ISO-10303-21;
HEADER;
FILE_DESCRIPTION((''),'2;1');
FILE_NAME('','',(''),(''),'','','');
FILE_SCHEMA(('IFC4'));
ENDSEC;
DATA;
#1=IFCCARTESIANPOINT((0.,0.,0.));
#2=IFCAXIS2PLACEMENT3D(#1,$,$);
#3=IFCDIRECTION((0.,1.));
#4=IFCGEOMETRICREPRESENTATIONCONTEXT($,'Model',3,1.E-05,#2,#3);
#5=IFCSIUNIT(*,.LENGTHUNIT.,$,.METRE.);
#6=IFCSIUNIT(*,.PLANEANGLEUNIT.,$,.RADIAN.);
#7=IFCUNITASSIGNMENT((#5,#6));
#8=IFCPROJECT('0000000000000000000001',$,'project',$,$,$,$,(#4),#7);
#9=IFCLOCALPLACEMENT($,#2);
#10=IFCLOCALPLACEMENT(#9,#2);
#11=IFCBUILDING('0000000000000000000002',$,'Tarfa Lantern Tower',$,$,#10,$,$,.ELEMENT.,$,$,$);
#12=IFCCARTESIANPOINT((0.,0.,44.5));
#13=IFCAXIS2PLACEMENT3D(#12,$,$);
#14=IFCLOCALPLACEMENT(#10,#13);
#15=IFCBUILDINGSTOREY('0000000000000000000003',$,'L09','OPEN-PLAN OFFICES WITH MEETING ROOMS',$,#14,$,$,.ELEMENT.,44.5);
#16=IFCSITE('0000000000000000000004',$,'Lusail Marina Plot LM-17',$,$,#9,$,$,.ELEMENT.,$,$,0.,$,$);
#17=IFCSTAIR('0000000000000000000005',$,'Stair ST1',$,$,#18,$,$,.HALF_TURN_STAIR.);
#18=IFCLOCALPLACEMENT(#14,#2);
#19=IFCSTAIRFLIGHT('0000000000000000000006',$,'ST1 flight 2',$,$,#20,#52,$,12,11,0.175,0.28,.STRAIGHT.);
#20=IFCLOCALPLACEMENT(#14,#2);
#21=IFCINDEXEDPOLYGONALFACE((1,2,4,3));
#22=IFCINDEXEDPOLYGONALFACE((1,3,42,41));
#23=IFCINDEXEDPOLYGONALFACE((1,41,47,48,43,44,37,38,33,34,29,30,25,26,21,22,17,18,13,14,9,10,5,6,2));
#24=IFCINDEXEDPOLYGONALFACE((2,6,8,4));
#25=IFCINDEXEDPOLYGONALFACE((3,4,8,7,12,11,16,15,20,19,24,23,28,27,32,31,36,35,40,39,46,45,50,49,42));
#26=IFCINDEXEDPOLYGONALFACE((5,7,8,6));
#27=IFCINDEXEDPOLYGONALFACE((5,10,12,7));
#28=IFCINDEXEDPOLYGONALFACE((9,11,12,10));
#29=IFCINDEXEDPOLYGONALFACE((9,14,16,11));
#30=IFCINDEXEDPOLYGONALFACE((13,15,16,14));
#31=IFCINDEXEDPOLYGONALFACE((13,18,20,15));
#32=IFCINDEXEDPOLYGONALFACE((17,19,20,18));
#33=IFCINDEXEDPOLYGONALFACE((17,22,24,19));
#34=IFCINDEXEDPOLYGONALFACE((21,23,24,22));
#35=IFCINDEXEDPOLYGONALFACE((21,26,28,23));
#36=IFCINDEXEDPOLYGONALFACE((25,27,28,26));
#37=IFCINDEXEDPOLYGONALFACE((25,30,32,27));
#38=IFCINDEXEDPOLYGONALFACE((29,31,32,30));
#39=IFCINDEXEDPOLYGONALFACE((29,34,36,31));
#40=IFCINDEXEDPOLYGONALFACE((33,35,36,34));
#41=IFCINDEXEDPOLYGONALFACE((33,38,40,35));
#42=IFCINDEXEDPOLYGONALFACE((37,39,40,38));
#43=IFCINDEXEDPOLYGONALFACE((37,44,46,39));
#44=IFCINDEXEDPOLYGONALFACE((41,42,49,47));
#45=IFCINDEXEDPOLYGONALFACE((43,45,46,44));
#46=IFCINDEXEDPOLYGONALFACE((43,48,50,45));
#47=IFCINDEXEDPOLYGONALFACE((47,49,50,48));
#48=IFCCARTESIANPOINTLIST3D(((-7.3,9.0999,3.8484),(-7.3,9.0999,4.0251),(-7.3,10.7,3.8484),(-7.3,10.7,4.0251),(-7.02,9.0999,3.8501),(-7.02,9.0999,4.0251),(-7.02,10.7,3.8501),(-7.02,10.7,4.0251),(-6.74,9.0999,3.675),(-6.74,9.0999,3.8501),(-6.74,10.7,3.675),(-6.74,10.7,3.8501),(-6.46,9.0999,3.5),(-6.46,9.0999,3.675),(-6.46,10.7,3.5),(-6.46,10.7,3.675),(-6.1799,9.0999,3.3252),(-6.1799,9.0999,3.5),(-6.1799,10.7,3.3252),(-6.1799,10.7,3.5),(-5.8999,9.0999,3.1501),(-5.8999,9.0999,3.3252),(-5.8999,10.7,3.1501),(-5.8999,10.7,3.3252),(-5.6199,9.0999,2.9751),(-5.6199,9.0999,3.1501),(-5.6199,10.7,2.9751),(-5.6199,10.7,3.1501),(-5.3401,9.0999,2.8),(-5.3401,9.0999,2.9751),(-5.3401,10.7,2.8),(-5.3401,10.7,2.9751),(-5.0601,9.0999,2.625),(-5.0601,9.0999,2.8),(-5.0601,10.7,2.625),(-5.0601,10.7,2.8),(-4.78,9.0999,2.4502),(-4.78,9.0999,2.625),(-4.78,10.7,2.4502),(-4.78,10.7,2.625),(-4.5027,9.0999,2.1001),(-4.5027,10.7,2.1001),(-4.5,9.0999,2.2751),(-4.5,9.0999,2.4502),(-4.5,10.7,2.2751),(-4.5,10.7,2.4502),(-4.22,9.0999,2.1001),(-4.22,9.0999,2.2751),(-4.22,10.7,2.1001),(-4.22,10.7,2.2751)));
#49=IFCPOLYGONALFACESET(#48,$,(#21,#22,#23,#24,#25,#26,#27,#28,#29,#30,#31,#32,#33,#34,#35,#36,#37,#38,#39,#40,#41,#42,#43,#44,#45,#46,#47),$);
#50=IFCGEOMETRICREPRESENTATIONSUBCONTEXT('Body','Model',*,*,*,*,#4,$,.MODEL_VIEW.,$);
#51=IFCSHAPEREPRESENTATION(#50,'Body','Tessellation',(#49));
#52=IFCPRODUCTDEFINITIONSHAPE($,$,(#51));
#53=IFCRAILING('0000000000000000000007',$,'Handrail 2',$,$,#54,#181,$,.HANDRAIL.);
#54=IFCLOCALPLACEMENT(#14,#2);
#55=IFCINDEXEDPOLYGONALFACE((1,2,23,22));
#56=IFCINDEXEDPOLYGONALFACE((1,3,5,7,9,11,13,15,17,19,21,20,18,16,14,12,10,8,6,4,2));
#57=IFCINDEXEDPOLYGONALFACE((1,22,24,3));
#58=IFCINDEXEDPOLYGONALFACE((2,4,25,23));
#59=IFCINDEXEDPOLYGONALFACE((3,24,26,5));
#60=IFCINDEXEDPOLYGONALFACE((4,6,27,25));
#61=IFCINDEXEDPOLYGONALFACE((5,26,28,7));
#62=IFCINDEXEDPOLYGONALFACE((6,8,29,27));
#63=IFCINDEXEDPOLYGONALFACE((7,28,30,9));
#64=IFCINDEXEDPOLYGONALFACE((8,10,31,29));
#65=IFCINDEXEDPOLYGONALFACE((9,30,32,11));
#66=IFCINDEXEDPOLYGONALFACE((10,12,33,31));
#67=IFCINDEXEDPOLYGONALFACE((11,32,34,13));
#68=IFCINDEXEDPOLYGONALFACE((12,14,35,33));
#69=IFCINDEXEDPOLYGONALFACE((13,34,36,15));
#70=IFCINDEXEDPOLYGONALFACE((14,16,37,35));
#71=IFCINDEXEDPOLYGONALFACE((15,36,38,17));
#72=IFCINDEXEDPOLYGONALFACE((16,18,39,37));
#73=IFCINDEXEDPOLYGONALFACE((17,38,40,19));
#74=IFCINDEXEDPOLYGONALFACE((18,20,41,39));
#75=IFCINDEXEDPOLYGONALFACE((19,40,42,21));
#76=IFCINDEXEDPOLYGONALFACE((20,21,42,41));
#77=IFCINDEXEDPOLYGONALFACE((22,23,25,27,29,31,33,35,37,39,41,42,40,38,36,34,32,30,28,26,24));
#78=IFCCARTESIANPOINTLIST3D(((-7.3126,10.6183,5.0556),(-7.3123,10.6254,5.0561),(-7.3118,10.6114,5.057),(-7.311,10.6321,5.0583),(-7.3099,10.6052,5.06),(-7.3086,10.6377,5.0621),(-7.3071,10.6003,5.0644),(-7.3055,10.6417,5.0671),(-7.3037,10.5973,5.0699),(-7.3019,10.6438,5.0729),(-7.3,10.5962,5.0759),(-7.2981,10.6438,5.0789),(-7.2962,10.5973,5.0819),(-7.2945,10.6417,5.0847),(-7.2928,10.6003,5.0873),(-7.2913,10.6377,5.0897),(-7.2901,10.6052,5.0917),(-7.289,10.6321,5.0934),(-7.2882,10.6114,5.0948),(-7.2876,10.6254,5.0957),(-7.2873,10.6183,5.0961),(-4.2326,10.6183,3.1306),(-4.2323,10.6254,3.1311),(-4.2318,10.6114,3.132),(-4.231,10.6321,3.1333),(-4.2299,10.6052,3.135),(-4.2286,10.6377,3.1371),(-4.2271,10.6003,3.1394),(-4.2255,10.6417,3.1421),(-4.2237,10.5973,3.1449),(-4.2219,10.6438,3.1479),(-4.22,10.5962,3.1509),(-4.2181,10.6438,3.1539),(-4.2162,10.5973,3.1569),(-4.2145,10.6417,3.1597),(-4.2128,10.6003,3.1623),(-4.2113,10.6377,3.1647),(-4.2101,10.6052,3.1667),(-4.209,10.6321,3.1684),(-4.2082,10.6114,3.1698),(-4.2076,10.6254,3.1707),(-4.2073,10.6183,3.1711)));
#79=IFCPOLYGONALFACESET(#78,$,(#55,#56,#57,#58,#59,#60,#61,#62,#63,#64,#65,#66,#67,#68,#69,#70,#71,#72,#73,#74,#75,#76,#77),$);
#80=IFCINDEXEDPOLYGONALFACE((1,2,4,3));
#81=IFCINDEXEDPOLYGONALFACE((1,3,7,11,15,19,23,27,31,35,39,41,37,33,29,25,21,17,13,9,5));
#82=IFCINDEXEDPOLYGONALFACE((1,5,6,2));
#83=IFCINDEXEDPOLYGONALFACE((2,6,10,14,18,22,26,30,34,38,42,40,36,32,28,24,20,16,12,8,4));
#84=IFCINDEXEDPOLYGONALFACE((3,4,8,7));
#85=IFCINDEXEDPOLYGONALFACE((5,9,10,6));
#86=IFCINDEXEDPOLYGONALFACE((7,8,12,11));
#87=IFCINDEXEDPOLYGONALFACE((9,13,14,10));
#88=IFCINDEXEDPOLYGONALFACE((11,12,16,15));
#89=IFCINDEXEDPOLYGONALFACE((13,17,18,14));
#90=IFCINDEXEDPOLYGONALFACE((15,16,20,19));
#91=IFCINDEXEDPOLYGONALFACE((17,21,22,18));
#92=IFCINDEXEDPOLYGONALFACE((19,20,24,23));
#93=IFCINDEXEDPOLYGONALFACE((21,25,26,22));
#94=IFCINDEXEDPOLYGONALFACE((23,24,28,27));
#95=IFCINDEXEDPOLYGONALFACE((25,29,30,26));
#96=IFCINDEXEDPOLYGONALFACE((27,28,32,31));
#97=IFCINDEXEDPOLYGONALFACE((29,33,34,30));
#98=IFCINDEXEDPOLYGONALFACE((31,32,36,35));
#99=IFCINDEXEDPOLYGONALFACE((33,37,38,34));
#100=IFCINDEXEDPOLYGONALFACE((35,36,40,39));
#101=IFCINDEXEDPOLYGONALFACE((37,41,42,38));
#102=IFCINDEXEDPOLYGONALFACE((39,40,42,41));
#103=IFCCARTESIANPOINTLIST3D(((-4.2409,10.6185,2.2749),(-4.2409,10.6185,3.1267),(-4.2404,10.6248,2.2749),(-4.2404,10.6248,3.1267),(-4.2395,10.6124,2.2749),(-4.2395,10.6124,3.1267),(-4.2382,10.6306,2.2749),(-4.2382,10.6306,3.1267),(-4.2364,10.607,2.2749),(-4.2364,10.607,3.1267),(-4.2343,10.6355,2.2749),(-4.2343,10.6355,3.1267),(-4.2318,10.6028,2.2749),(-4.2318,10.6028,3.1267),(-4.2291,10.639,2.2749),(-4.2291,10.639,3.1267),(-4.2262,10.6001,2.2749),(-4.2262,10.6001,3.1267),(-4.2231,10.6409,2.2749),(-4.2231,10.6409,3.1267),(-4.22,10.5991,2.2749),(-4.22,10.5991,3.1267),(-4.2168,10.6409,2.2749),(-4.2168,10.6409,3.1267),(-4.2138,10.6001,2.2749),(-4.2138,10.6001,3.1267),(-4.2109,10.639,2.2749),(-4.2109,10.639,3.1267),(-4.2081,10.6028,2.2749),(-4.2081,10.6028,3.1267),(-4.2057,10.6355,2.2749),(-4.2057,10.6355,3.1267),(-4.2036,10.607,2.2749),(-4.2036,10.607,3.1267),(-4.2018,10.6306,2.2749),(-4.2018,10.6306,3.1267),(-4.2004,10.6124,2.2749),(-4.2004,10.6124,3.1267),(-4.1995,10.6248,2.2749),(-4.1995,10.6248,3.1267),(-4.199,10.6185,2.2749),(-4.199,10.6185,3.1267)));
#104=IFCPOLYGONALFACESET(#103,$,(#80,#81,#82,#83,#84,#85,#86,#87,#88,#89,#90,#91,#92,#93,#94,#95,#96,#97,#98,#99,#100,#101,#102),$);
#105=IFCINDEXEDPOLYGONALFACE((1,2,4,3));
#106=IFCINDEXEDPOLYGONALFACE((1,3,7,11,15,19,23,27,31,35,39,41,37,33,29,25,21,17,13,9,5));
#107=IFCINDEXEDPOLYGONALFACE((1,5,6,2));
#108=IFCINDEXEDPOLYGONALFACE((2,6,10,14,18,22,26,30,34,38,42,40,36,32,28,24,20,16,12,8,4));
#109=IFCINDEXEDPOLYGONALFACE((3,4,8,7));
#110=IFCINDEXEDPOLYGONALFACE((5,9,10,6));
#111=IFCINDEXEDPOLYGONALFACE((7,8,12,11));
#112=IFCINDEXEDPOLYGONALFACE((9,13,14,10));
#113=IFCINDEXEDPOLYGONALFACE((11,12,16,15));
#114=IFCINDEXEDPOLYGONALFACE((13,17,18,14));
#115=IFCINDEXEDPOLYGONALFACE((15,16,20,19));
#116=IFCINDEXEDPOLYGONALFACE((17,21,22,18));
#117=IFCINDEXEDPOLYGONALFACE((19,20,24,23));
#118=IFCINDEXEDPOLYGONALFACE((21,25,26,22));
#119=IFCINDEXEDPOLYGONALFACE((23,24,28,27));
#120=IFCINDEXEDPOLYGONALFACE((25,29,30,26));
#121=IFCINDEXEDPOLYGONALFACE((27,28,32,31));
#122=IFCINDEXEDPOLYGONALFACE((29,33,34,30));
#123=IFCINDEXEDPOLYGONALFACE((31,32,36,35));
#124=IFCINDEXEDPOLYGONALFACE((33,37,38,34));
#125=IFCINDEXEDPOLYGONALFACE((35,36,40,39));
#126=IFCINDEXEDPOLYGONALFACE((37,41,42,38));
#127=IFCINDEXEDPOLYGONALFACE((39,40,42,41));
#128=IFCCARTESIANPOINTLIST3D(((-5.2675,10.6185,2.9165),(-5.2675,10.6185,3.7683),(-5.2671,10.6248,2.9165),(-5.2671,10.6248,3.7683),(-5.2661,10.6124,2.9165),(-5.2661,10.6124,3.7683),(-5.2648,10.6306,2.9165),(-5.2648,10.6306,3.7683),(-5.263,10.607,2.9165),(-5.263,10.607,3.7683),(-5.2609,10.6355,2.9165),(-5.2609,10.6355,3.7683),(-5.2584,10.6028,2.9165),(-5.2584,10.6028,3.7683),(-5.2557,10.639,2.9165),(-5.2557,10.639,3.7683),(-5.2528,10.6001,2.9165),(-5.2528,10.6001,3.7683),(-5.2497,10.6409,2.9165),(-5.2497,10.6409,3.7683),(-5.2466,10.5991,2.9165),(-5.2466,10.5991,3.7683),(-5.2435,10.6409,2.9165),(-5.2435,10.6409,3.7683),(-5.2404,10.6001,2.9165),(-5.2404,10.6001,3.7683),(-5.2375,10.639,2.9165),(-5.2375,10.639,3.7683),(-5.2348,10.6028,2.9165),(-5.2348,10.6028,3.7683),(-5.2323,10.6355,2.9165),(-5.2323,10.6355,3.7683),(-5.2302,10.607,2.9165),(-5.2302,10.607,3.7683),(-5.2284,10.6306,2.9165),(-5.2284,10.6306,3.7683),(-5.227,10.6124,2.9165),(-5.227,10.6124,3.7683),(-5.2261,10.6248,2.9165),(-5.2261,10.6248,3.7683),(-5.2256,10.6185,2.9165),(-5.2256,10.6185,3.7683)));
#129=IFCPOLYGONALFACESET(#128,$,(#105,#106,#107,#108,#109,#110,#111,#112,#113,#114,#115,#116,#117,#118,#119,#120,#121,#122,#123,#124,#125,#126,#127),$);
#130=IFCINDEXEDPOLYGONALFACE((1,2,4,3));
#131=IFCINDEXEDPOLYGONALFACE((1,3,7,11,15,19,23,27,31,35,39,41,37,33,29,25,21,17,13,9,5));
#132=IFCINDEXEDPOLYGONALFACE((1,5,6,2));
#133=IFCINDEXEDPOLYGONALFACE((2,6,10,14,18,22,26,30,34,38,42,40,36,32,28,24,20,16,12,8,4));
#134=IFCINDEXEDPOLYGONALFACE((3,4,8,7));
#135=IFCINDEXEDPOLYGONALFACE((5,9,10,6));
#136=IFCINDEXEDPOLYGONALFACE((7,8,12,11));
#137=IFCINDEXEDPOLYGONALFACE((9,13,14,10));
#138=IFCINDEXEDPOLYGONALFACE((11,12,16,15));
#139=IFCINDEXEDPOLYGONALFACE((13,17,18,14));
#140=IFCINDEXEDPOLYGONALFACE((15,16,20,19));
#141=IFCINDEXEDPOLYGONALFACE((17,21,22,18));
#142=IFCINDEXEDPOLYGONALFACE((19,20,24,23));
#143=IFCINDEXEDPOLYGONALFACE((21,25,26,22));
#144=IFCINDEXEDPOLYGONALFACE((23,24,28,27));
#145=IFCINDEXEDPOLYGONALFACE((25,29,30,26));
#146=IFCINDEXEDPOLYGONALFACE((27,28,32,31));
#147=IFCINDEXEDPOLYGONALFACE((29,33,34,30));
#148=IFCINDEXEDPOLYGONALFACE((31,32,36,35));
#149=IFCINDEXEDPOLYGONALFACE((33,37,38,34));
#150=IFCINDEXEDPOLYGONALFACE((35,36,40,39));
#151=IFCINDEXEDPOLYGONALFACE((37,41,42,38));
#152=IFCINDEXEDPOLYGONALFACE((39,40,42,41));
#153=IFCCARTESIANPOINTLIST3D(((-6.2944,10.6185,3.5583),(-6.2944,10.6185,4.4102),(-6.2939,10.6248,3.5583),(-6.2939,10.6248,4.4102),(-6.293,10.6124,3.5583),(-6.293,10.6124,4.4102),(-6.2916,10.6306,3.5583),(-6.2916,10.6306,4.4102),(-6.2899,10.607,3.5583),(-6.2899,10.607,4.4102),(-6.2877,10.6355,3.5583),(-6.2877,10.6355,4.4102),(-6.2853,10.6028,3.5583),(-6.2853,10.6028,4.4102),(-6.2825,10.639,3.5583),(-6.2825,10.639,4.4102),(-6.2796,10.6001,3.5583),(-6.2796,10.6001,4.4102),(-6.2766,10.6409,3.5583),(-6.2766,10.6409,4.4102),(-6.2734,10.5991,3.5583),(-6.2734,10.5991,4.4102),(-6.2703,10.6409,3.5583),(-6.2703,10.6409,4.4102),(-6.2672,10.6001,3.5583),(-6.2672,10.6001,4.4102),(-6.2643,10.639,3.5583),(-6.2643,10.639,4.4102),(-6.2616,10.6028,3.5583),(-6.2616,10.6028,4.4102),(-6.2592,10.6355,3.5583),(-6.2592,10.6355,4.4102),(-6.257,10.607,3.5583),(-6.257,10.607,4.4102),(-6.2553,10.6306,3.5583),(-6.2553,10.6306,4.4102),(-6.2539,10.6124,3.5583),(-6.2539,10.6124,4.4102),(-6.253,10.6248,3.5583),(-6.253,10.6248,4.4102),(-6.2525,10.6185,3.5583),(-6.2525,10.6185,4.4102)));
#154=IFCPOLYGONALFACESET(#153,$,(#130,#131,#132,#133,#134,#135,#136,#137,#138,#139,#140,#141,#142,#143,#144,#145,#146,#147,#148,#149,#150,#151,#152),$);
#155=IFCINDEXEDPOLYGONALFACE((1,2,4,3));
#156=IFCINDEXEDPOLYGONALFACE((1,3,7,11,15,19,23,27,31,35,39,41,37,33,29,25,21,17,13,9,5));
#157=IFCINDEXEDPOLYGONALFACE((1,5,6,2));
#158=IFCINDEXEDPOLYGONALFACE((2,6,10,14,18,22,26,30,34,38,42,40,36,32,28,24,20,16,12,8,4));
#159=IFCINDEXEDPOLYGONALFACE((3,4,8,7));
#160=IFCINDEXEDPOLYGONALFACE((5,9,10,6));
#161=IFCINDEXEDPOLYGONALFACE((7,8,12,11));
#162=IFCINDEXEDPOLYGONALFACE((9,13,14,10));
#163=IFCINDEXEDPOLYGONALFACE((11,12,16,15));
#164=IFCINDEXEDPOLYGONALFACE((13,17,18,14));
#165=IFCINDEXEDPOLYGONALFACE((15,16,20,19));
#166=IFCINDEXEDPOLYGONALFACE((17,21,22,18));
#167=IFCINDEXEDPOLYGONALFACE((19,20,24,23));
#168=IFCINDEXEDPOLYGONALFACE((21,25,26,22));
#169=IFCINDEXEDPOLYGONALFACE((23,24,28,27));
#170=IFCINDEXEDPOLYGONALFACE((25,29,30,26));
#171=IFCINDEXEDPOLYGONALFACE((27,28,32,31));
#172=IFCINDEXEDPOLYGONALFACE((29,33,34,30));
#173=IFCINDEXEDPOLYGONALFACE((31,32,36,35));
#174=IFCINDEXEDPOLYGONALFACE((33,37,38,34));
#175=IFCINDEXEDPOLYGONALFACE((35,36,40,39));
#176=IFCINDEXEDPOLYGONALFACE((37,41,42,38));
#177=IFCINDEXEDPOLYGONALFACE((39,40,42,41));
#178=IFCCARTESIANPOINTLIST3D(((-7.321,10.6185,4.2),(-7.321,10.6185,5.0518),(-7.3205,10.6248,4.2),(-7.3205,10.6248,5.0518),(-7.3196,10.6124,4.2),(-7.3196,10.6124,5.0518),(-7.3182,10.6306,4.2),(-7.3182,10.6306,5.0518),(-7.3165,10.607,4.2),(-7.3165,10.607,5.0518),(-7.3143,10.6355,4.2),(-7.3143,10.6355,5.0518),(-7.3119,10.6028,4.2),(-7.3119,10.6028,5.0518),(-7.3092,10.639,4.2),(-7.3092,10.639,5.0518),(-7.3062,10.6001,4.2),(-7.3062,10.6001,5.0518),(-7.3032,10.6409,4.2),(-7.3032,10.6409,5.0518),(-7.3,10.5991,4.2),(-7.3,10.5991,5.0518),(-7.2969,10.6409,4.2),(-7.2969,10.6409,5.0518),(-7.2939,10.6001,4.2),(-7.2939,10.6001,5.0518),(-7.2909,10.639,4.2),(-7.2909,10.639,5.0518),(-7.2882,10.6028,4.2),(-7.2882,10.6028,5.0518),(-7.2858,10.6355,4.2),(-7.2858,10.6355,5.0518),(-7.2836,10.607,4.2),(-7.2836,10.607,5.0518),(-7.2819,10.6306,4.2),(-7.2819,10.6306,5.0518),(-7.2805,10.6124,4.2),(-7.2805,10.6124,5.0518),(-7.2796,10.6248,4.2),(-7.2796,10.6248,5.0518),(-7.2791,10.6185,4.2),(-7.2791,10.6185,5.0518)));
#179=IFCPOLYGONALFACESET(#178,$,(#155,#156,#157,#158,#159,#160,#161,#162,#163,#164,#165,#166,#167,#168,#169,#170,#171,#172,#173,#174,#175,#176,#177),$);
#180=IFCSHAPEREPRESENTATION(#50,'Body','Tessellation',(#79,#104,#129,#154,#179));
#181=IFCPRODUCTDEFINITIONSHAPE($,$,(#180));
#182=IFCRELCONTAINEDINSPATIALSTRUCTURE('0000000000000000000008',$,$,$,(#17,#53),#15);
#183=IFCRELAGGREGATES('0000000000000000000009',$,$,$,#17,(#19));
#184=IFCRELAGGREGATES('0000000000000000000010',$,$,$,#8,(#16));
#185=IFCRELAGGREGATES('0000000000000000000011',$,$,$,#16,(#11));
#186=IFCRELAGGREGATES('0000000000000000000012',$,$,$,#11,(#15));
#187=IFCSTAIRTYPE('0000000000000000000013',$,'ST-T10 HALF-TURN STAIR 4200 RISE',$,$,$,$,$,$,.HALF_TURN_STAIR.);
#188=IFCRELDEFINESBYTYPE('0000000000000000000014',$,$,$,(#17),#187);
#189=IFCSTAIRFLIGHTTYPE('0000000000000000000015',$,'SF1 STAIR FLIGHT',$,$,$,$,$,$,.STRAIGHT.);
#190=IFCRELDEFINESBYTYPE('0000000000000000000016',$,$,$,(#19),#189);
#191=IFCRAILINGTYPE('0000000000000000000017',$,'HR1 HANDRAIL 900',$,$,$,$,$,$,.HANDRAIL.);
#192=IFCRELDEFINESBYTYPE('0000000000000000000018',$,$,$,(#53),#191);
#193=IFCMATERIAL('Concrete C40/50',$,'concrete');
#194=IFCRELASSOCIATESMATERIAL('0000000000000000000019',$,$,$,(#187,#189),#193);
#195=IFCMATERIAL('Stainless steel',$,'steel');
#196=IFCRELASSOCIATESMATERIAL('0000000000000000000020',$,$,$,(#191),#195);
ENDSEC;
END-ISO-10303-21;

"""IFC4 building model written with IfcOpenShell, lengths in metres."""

from ifc_helpers import new_model, si_unit, direction, frame, origin, origin_2d, place, context, subcontext, project, spatial, polyline, circle, outline, extrude, material, type_object, element, aggregate, save


model = new_model("IFC4")

# Units and contexts
model_context = context("Model", 3, precision=1e-05, world=origin(), true_north=direction((0.0, 1.0)))
body_context = subcontext(model_context, "Body", "Model", "MODEL_VIEW")
ifc_project = project(units=[si_unit("LENGTHUNIT", "METRE"), si_unit("PLANEANGLEUNIT", "RADIAN")], contexts=[model_context])

# Site, building, storey
site_placement = place(None, origin())
site = spatial("IfcSite", under=ifc_project, at=site_placement, Name="Lusail Marina Plot LM-17", CompositionType="ELEMENT", RefElevation=0.0)
building_placement = place(site_placement, origin())
building = spatial("IfcBuilding", under=site, at=building_placement, Name="Tarfa Lantern Tower", CompositionType="ELEMENT")
storey_placement = place(building_placement, frame((0.0, 0.0, 44.5)))
storey = spatial("IfcBuildingStorey", under=building, at=storey_placement, Name="L09", Description="OPEN-PLAN OFFICES WITH MEETING ROOMS", CompositionType="ELEMENT", Elevation=44.5)

# Stair, stair flight
ifc_material_1 = material(Name="Concrete C40/50", Category="concrete")
stair_type = type_object("IfcStairType", Name="ST-T10 HALF-TURN STAIR 4200 RISE", PredefinedType="HALF_TURN_STAIR", material=ifc_material_1)
stair_placement = place(storey_placement, origin())
stair = element("IfcStair", 1, at=stair_placement, inside=storey, type_object=stair_type, Name="Stair ST1", PredefinedType="HALF_TURN_STAIR")
stair_flight_type = type_object("IfcStairFlightType", Name="SF1 STAIR FLIGHT", PredefinedType="STRAIGHT", material=ifc_material_1)
stair_flight_placement = place(storey_placement, frame((-4.22, 9.8999, 2.1001), z_axis=(0.0, 0.0, 1.0), x_axis=(-1.0, 0.0, 0.0)))
stair_flight = element("IfcStairFlight", 2, at=stair_flight_placement, type_object=stair_flight_type, Name="ST1 flight 2", NumberOfRisers=12, NumberOfTreads=11, PredefinedType="STRAIGHT", RiserHeight=0.175, TreadLength=0.28, context=body_context, shape_type="SweptSolid", body=[
    extrude(outline(polyline([(0.0, 0.0), (0.0, 0.175), (0.28, 0.175), (0.28, 0.3501), (0.5601, 0.3501), (0.5601, 0.5249), (0.8401, 0.5249), (0.8401, 0.7), (1.1201, 0.7), (1.1201, 0.875), (1.3999, 0.875), (1.3999, 1.05), (1.6799, 1.05), (1.6799, 1.2251), (1.96, 1.2251), (1.96, 1.3999), (2.24, 1.3999), (2.24, 1.575), (2.52, 1.575), (2.52, 1.75), (2.8, 1.75), (2.8, 1.925), (3.0801, 1.925), (3.0801, 2.1001), (3.0801, 1.7483), (0.2827, 0.0), (0.0, 0.0)])), frame((0.0, 0.8, 0.0), z_axis=(0.0, -1.0, 0.0), x_axis=(1.0, 0.0, 0.0)), (0.0, 0.0, 1.0), 1.6001),
])
aggregate(stair, [stair_flight])

# Railing
ifc_material_2 = material(Name="Stainless steel", Category="steel")
railing_type = type_object("IfcRailingType", Name="HR1 HANDRAIL 900", PredefinedType="HANDRAIL", material=ifc_material_2)
railing_placement = place(storey_placement, frame((-4.22, 10.6201, 2.2749)))
element("IfcRailing", 3, at=railing_placement, inside=storey, type_object=railing_type, Name="Handrail 2", PredefinedType="HANDRAIL", context=body_context, shape_type="SweptSolid", body=[
    extrude(circle(Radius=0.0239, at=origin_2d()), frame((0.0, 0.0, 0.876), z_axis=(-0.847998, 0.0, 0.529999), x_axis=(0.0, -1.0, 0.0)), (0.0, 0.0, 1.0), 3.6321),
    extrude(circle(Radius=0.021, at=origin_2d()), frame((0.0, 0.0, 0.0), z_axis=(0.0, 0.0, 1.0), x_axis=(0.0, -1.0, 0.0)), (0.0, 0.0, 1.0), 0.8518),
    extrude(circle(Radius=0.021, at=origin_2d()), frame((-1.0266, 0.0, 0.6416), z_axis=(0.0, 0.0, 1.0), x_axis=(0.0, -1.0, 0.0)), (0.0, 0.0, 1.0), 0.8518),
    extrude(circle(Radius=0.021, at=origin_2d()), frame((-2.0535, 0.0, 1.2834), z_axis=(0.0, 0.0, 1.0), x_axis=(0.0, -1.0, 0.0)), (0.0, 0.0, 1.0), 0.8518),
    extrude(circle(Radius=0.021, at=origin_2d()), frame((-3.0801, 0.0, 1.925), z_axis=(0.0, 0.0, 1.0), x_axis=(0.0, -1.0, 0.0)), (0.0, 0.0, 1.0), 0.8518),
])

save(model, "model.ifc")
